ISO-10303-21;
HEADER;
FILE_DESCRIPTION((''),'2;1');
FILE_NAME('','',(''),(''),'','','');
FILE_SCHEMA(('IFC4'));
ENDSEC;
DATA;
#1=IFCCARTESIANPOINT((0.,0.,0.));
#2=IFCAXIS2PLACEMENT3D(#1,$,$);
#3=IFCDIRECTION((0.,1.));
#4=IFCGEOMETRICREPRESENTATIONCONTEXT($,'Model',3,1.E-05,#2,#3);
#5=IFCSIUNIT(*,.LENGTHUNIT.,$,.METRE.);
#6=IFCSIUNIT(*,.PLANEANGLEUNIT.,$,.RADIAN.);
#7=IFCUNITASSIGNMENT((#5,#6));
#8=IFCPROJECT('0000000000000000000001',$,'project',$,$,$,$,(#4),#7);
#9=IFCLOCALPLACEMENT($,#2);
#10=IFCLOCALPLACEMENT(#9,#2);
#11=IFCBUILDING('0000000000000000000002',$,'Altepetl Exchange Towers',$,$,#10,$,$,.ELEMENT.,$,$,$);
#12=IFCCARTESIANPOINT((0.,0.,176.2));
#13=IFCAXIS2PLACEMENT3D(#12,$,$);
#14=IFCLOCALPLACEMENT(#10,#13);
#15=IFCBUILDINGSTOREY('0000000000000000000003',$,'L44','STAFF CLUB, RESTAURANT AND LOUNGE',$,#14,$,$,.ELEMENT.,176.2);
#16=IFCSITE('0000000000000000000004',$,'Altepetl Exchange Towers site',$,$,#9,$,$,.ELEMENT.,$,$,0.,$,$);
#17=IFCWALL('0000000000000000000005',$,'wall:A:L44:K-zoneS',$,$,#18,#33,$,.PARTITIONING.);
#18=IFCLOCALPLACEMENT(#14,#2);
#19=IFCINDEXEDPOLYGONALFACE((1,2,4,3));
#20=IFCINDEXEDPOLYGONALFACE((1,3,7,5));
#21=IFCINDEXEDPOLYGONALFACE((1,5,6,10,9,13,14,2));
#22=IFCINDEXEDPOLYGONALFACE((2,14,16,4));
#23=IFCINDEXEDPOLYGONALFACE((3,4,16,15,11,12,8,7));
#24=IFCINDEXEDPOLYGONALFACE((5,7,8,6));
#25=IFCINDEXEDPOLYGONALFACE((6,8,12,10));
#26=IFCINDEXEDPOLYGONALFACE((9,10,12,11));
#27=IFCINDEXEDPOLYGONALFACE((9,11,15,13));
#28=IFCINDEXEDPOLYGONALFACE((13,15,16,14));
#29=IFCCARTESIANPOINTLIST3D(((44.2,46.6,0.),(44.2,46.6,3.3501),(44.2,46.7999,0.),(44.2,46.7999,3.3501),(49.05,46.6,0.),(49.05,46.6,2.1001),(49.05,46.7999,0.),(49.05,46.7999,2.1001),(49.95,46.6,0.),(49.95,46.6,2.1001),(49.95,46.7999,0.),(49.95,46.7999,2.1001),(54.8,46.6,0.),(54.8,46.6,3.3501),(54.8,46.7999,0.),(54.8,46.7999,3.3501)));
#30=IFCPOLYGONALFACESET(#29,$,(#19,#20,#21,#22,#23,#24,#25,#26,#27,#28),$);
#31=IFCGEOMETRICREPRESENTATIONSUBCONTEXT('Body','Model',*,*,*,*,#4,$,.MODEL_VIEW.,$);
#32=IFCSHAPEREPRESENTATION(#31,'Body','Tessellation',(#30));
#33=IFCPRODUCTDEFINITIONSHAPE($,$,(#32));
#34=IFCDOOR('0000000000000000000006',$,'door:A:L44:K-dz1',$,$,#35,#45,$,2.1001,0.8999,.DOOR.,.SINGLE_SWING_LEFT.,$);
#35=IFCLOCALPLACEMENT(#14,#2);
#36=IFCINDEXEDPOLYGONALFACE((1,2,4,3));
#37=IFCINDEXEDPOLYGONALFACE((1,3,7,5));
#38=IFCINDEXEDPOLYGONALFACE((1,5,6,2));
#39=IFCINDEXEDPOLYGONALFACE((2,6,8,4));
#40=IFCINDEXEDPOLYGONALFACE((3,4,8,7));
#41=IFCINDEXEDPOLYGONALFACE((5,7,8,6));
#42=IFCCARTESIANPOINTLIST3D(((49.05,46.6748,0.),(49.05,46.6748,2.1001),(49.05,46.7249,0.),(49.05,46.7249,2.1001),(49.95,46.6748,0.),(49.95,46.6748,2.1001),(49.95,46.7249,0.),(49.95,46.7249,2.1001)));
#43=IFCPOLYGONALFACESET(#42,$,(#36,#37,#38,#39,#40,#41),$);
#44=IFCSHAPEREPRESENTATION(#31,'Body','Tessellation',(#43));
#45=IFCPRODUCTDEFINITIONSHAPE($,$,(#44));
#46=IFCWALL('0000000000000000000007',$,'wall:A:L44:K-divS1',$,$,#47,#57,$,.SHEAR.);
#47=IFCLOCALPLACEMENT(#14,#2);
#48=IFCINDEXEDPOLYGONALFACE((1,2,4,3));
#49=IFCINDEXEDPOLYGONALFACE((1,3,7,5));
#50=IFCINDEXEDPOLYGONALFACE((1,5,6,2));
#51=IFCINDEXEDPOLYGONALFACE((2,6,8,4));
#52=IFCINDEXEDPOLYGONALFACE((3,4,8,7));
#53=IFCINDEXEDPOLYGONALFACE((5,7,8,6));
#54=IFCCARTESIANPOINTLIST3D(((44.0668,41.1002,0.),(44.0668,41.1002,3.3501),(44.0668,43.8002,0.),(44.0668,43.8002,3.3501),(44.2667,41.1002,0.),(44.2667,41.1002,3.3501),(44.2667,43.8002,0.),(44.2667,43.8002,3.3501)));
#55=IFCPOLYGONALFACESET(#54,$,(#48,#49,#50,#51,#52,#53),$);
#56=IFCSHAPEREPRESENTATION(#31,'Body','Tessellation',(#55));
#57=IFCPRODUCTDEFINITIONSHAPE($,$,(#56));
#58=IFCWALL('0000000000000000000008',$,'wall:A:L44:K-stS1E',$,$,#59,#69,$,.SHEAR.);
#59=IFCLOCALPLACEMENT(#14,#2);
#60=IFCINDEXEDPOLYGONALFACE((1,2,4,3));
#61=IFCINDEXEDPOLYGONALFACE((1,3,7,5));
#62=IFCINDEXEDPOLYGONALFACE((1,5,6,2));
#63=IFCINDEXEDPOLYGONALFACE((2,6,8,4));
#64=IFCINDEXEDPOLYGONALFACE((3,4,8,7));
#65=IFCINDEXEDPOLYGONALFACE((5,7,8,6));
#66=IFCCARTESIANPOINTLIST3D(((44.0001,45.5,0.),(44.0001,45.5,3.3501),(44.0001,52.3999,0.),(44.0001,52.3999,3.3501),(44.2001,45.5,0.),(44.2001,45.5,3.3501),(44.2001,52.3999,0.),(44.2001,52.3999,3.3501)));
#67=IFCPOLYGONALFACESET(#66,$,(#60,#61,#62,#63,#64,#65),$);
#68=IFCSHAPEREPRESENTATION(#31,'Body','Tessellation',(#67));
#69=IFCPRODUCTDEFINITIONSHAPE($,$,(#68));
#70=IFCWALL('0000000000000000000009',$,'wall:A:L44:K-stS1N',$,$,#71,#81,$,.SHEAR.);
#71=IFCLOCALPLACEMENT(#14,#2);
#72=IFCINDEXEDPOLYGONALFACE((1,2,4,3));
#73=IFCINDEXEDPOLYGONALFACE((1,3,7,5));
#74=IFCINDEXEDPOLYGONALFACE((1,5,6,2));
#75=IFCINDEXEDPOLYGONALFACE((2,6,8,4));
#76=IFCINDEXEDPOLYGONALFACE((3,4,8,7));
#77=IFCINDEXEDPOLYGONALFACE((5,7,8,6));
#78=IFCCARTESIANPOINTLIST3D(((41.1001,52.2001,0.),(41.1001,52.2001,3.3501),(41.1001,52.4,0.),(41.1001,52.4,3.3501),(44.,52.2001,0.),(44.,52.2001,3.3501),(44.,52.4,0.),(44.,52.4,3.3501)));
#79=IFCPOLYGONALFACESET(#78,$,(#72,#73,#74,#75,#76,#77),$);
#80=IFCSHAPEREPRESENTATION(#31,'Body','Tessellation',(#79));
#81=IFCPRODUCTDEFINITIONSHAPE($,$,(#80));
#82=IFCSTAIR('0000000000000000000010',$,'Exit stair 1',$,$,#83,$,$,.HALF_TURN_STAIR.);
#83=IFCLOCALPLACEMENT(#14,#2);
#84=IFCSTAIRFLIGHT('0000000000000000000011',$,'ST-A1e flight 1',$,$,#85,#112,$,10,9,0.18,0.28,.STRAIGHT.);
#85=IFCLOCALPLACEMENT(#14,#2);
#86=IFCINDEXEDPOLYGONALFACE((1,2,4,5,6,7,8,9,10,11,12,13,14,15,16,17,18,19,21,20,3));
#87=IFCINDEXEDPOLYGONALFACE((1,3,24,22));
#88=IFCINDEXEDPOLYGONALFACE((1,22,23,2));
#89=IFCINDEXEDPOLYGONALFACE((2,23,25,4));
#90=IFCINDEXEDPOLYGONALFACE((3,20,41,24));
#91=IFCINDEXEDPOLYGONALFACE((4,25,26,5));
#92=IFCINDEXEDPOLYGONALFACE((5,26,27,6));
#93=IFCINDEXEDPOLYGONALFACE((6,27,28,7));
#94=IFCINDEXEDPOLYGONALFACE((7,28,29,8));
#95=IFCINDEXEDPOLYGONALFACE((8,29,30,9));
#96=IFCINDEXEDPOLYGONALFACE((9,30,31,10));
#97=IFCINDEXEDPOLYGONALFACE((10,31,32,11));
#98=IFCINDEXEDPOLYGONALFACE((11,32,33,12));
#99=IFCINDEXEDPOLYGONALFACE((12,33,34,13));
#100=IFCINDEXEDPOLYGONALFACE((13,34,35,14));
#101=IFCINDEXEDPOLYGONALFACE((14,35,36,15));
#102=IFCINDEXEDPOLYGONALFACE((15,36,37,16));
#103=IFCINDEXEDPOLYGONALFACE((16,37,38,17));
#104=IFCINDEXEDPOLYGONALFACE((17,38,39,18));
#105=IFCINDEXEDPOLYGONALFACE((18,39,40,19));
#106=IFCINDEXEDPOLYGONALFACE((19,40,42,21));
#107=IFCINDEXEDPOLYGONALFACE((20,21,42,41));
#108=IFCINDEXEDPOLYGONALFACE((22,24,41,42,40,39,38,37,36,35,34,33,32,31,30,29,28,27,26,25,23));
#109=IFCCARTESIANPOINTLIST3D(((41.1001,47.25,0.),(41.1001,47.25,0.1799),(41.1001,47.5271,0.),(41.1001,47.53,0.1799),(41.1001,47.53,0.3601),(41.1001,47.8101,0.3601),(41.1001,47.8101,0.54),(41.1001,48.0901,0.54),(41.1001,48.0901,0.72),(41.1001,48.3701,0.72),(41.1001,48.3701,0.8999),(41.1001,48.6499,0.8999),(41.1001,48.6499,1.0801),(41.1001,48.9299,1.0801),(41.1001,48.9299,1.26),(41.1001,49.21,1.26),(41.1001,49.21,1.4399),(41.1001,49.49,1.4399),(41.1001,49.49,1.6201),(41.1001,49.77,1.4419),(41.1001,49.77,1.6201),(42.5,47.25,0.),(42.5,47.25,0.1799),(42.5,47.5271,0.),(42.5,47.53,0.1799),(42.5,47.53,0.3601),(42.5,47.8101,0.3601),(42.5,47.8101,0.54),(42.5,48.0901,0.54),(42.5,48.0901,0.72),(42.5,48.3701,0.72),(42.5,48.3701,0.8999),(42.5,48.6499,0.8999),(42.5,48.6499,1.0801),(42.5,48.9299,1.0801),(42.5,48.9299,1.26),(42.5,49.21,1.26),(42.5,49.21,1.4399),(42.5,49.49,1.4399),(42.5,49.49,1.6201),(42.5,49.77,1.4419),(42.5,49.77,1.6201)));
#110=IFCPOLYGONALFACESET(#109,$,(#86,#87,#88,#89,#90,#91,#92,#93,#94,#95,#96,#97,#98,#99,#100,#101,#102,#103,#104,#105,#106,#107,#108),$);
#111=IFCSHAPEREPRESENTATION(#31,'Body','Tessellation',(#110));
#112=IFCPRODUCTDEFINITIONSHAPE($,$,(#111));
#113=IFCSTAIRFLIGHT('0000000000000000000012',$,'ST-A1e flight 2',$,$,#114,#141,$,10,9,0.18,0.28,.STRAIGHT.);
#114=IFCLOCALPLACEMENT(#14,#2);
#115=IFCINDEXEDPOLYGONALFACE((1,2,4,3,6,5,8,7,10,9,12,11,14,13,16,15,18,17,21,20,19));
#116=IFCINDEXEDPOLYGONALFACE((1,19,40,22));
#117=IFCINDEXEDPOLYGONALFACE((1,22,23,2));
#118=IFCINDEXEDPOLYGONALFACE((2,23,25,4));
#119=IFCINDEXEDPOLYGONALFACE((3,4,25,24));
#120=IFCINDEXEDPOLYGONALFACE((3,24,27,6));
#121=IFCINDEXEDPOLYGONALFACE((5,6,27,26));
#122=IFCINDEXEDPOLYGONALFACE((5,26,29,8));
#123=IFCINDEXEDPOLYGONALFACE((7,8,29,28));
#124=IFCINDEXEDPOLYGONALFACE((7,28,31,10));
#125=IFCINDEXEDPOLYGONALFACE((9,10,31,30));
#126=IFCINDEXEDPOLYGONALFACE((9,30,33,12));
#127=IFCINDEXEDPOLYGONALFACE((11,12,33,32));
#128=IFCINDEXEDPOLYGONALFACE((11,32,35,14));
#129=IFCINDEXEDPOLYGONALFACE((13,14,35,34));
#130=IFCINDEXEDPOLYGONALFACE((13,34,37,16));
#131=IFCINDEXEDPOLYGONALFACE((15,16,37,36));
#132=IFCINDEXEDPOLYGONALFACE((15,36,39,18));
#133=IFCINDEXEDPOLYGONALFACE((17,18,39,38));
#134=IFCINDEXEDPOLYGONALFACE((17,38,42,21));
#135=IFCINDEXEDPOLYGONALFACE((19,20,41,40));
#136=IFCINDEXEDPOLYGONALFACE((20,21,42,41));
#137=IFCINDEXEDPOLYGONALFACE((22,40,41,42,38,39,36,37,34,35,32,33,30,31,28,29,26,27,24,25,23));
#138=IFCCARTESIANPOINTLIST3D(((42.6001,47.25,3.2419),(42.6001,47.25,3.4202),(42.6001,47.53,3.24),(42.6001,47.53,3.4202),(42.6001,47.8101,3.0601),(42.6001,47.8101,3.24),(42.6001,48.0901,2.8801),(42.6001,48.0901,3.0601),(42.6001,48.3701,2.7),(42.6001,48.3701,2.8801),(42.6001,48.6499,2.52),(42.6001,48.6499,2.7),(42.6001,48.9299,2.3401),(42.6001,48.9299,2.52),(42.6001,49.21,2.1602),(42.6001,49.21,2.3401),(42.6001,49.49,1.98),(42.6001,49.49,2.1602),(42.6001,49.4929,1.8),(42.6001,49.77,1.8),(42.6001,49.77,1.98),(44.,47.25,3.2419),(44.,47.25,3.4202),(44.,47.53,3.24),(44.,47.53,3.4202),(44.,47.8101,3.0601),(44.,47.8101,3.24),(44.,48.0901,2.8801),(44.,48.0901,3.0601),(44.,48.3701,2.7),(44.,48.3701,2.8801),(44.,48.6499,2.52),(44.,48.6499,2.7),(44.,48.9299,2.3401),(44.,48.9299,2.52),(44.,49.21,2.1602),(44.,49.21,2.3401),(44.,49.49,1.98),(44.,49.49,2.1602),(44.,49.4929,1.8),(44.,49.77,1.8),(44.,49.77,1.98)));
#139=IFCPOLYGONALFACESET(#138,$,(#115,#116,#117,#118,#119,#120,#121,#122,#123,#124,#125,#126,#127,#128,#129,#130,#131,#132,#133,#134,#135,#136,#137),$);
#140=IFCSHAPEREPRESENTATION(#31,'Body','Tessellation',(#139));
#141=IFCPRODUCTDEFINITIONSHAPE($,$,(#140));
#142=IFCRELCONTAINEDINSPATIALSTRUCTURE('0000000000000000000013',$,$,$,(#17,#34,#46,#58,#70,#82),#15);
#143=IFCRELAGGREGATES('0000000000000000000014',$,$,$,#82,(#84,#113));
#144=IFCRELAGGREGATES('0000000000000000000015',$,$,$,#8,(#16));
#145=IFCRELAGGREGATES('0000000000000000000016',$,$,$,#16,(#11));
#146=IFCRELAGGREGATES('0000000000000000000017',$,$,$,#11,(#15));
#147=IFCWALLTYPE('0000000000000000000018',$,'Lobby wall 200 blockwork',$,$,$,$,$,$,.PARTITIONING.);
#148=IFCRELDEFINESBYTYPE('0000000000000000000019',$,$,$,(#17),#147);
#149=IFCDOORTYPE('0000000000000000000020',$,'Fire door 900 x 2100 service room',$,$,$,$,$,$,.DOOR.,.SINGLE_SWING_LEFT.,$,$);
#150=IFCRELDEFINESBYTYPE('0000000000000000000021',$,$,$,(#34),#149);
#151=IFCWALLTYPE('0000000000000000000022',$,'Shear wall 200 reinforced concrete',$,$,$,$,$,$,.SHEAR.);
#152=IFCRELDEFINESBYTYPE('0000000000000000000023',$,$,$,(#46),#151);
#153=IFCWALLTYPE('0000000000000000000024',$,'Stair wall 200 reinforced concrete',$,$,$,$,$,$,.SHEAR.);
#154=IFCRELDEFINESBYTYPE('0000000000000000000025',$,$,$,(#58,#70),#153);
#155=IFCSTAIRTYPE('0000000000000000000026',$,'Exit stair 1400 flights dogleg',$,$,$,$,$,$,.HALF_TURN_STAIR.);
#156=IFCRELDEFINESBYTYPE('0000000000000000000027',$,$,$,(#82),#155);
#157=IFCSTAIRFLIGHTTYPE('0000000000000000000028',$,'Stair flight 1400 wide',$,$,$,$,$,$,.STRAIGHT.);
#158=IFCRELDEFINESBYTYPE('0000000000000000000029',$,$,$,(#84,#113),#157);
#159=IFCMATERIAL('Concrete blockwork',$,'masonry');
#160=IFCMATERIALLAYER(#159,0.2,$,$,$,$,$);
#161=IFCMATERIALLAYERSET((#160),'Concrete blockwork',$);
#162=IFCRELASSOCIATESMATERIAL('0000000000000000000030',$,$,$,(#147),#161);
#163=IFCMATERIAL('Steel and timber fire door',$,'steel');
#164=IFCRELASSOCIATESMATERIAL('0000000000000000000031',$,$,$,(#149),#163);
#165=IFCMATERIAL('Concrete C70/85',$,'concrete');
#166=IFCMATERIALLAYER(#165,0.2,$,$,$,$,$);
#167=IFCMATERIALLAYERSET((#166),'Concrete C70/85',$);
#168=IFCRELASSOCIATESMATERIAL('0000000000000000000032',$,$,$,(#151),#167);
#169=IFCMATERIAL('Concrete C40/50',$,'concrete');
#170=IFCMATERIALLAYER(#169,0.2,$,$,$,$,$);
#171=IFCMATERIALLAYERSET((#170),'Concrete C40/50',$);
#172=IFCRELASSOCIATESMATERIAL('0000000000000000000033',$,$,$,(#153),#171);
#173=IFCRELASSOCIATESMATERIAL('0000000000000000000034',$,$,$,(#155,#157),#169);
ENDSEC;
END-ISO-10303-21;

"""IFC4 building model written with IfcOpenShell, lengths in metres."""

from ifc_helpers import new_model, si_unit, direction, frame, frame_2d, origin, place, context, subcontext, project, spatial, polyline, rectangle, outline, extrude, material, layer, layer_set, type_object, element, fill, aggregate, save


model = new_model("IFC4")

# Units and contexts
model_context = context("Model", 3, precision=1e-05, world=origin(), true_north=direction((0.0, 1.0)))
body_context = subcontext(model_context, "Body", "Model", "MODEL_VIEW")
ifc_project = project(units=[si_unit("LENGTHUNIT", "METRE"), si_unit("PLANEANGLEUNIT", "RADIAN")], contexts=[model_context])

# Site, building, storey
site_placement = place(None, origin())
site = spatial("IfcSite", under=ifc_project, at=site_placement, Name="Altepetl Exchange Towers site", CompositionType="ELEMENT", RefElevation=0.0)
building_placement = place(site_placement, origin())
building = spatial("IfcBuilding", under=site, at=building_placement, Name="Altepetl Exchange Towers", CompositionType="ELEMENT")
storey_placement = place(building_placement, frame((0.0, 0.0, 176.2)))
storey = spatial("IfcBuildingStorey", under=building, at=storey_placement, Name="L44", Description="STAFF CLUB, RESTAURANT AND LOUNGE", CompositionType="ELEMENT", Elevation=176.2)

# Shared definitions
ifc_material_1 = material(Name="Concrete blockwork", Category="masonry")
ifc_layer_1 = layer(ifc_material_1, 0.2)
ifc_layer_set_1 = layer_set([ifc_layer_1], Name="Concrete blockwork")
wall_type_1 = type_object("IfcWallType", Name="Lobby wall 200 blockwork", PredefinedType="PARTITIONING", material=ifc_layer_set_1)

# Shared definitions
ifc_material_2 = material(Name="Steel and timber fire door", Category="steel")
door_type = type_object("IfcDoorType", Name="Fire door 900 x 2100 service room", OperationType="SINGLE_SWING_LEFT", PredefinedType="DOOR", material=ifc_material_2)

# Wall, opening, door
wall_1_placement = place(storey_placement, frame((44.2, 46.7, 0.0)))
wall_1 = element("IfcWall", 1, at=wall_1_placement, inside=storey, type_object=wall_type_1, Name="wall:A:L44:K-zoneS", PredefinedType="PARTITIONING", context=body_context, shape_type="SweptSolid", body=[
    extrude(rectangle(XDim=10.6001, YDim=0.2, at=frame_2d((5.3, 0.0))), origin(), (0.0, 0.0, 1.0), 3.3501),
])
opening_1_placement = place(wall_1_placement, frame((4.8501, 0.0, 0.0)))
opening_1 = element("IfcOpeningElement", 2, at=opening_1_placement, cuts=wall_1, PredefinedType="OPENING", context=body_context, shape_type="SweptSolid", body=[
    extrude(rectangle(XDim=0.8999, YDim=2.1001, at=frame_2d((0.45, 1.05))), frame((0.0, 0.1099, 0.0), z_axis=(0.0, -1.0, 0.0), x_axis=(1.0, 0.0, 0.0)), (0.0, 0.0, 1.0), 0.22),
])
door_1_placement = place(opening_1_placement, origin())
door_1 = element("IfcDoor", 3, at=door_1_placement, inside=storey, type_object=door_type, Name="door:A:L44:K-dz1", OperationType="SINGLE_SWING_LEFT", OverallHeight=2.1001, OverallWidth=0.8999, PredefinedType="DOOR", context=body_context, shape_type="SweptSolid", body=[
    extrude(rectangle(XDim=0.8999, YDim=2.1001, at=frame_2d((0.45, 1.05))), frame((0.0, 0.0249, 0.0), z_axis=(0.0, -1.0, 0.0), x_axis=(1.0, 0.0, 0.0)), (0.0, 0.0, 1.0), 0.05),
])
fill(opening_1, door_1)

# Walls
ifc_material_3 = material(Name="Concrete C70/85", Category="concrete")
ifc_layer_2 = layer(ifc_material_3, 0.2)
ifc_layer_set_2 = layer_set([ifc_layer_2], Name="Concrete C70/85")
wall_type_2 = type_object("IfcWallType", Name="Shear wall 200 reinforced concrete", PredefinedType="SHEAR", material=ifc_layer_set_2)
wall_2_placement = place(storey_placement, frame((44.1667, 41.1001, 0.0), z_axis=(0.0, 0.0, 1.0), x_axis=(0.0, 1.0, 0.0)))
element("IfcWall", 4, at=wall_2_placement, inside=storey, type_object=wall_type_2, Name="wall:A:L44:K-divS1", PredefinedType="SHEAR", context=body_context, shape_type="SweptSolid", body=[
    extrude(rectangle(XDim=2.7, YDim=0.2, at=frame_2d((1.3501, 0.0))), origin(), (0.0, 0.0, 1.0), 3.3501),
])
ifc_material_4 = material(Name="Concrete C40/50", Category="concrete")
ifc_layer_3 = layer(ifc_material_4, 0.2)
ifc_layer_set_3 = layer_set([ifc_layer_3], Name="Concrete C40/50")
wall_type_3 = type_object("IfcWallType", Name="Stair wall 200 reinforced concrete", PredefinedType="SHEAR", material=ifc_layer_set_3)
wall_3_placement = place(storey_placement, frame((44.1001, 45.5, 0.0), z_axis=(0.0, 0.0, 1.0), x_axis=(0.0, 1.0, 0.0)))
element("IfcWall", 5, at=wall_3_placement, inside=storey, type_object=wall_type_3, Name="wall:A:L44:K-stS1E", PredefinedType="SHEAR", context=body_context, shape_type="SweptSolid", body=[
    extrude(rectangle(XDim=6.8999, YDim=0.2, at=frame_2d((3.45, 0.0))), origin(), (0.0, 0.0, 1.0), 3.3501),
])
wall_4_placement = place(storey_placement, frame((41.1001, 52.3, 0.0)))
element("IfcWall", 6, at=wall_4_placement, inside=storey, type_object=wall_type_3, Name="wall:A:L44:K-stS1N", PredefinedType="SHEAR", context=body_context, shape_type="SweptSolid", body=[
    extrude(rectangle(XDim=2.8999, YDim=0.2, at=frame_2d((1.45, 0.0))), origin(), (0.0, 0.0, 1.0), 3.3501),
])

# Stair, stair flights
stair_type = type_object("IfcStairType", Name="Exit stair 1400 flights dogleg", PredefinedType="HALF_TURN_STAIR", material=ifc_material_4)
stair_placement = place(storey_placement, origin())
stair = element("IfcStair", 7, at=stair_placement, inside=storey, type_object=stair_type, Name="Exit stair 1", PredefinedType="HALF_TURN_STAIR")
stair_flight_type = type_object("IfcStairFlightType", Name="Stair flight 1400 wide", PredefinedType="STRAIGHT", material=ifc_material_4)
stair_flight_1_placement = place(storey_placement, frame((41.8, 47.25, 0.0), z_axis=(0.0, 0.0, 1.0), x_axis=(0.0, 1.0, 0.0)))
stair_flight_1 = element("IfcStairFlight", 8, at=stair_flight_1_placement, type_object=stair_flight_type, Name="ST-A1e flight 1", NumberOfRisers=10, NumberOfTreads=9, PredefinedType="STRAIGHT", RiserHeight=0.18, TreadLength=0.28, context=body_context, shape_type="SweptSolid", body=[
    extrude(outline(polyline([(0.0, 0.0), (0.0, 0.1799), (0.28, 0.1799), (0.28, 0.3601), (0.5601, 0.3601), (0.5601, 0.54), (0.8401, 0.54), (0.8401, 0.72), (1.1201, 0.72), (1.1201, 0.8999), (1.3999, 0.8999), (1.3999, 1.0801), (1.6799, 1.0801), (1.6799, 1.26), (1.96, 1.26), (1.96, 1.4399), (2.24, 1.4399), (2.24, 1.6201), (2.52, 1.6201), (2.52, 1.8), (2.52, 1.4419), (0.2771, 0.0), (0.0, 0.0)])), frame((0.0, 0.7, 0.0), z_axis=(0.0, -1.0, 0.0), x_axis=(1.0, 0.0, 0.0)), (0.0, 0.0, 1.0), 1.3999),
])
stair_flight_2_placement = place(storey_placement, frame((43.3, 49.77, 1.8), z_axis=(0.0, 0.0, 1.0), x_axis=(0.0, -1.0, 0.0)))
stair_flight_2 = element("IfcStairFlight", 9, at=stair_flight_2_placement, type_object=stair_flight_type, Name="ST-A1e flight 2", NumberOfRisers=10, NumberOfTreads=9, PredefinedType="STRAIGHT", RiserHeight=0.18, TreadLength=0.28, context=body_context, shape_type="SweptSolid", body=[
    extrude(outline(polyline([(0.0, 0.0), (0.0, 0.1799), (0.28, 0.1799), (0.28, 0.3601), (0.5601, 0.3601), (0.5601, 0.54), (0.8401, 0.54), (0.8401, 0.72), (1.1201, 0.72), (1.1201, 0.8999), (1.3999, 0.8999), (1.3999, 1.0801), (1.6799, 1.0801), (1.6799, 1.26), (1.96, 1.26), (1.96, 1.4399), (2.24, 1.4399), (2.24, 1.6201), (2.52, 1.6201), (2.52, 1.8), (2.52, 1.4419), (0.2771, 0.0), (0.0, 0.0)])), frame((0.0, 0.7, 0.0), z_axis=(0.0, -1.0, 0.0), x_axis=(1.0, 0.0, 0.0)), (0.0, 0.0, 1.0), 1.3999),
])
aggregate(stair, [stair_flight_1, stair_flight_2])

save(model, "model.ifc")
